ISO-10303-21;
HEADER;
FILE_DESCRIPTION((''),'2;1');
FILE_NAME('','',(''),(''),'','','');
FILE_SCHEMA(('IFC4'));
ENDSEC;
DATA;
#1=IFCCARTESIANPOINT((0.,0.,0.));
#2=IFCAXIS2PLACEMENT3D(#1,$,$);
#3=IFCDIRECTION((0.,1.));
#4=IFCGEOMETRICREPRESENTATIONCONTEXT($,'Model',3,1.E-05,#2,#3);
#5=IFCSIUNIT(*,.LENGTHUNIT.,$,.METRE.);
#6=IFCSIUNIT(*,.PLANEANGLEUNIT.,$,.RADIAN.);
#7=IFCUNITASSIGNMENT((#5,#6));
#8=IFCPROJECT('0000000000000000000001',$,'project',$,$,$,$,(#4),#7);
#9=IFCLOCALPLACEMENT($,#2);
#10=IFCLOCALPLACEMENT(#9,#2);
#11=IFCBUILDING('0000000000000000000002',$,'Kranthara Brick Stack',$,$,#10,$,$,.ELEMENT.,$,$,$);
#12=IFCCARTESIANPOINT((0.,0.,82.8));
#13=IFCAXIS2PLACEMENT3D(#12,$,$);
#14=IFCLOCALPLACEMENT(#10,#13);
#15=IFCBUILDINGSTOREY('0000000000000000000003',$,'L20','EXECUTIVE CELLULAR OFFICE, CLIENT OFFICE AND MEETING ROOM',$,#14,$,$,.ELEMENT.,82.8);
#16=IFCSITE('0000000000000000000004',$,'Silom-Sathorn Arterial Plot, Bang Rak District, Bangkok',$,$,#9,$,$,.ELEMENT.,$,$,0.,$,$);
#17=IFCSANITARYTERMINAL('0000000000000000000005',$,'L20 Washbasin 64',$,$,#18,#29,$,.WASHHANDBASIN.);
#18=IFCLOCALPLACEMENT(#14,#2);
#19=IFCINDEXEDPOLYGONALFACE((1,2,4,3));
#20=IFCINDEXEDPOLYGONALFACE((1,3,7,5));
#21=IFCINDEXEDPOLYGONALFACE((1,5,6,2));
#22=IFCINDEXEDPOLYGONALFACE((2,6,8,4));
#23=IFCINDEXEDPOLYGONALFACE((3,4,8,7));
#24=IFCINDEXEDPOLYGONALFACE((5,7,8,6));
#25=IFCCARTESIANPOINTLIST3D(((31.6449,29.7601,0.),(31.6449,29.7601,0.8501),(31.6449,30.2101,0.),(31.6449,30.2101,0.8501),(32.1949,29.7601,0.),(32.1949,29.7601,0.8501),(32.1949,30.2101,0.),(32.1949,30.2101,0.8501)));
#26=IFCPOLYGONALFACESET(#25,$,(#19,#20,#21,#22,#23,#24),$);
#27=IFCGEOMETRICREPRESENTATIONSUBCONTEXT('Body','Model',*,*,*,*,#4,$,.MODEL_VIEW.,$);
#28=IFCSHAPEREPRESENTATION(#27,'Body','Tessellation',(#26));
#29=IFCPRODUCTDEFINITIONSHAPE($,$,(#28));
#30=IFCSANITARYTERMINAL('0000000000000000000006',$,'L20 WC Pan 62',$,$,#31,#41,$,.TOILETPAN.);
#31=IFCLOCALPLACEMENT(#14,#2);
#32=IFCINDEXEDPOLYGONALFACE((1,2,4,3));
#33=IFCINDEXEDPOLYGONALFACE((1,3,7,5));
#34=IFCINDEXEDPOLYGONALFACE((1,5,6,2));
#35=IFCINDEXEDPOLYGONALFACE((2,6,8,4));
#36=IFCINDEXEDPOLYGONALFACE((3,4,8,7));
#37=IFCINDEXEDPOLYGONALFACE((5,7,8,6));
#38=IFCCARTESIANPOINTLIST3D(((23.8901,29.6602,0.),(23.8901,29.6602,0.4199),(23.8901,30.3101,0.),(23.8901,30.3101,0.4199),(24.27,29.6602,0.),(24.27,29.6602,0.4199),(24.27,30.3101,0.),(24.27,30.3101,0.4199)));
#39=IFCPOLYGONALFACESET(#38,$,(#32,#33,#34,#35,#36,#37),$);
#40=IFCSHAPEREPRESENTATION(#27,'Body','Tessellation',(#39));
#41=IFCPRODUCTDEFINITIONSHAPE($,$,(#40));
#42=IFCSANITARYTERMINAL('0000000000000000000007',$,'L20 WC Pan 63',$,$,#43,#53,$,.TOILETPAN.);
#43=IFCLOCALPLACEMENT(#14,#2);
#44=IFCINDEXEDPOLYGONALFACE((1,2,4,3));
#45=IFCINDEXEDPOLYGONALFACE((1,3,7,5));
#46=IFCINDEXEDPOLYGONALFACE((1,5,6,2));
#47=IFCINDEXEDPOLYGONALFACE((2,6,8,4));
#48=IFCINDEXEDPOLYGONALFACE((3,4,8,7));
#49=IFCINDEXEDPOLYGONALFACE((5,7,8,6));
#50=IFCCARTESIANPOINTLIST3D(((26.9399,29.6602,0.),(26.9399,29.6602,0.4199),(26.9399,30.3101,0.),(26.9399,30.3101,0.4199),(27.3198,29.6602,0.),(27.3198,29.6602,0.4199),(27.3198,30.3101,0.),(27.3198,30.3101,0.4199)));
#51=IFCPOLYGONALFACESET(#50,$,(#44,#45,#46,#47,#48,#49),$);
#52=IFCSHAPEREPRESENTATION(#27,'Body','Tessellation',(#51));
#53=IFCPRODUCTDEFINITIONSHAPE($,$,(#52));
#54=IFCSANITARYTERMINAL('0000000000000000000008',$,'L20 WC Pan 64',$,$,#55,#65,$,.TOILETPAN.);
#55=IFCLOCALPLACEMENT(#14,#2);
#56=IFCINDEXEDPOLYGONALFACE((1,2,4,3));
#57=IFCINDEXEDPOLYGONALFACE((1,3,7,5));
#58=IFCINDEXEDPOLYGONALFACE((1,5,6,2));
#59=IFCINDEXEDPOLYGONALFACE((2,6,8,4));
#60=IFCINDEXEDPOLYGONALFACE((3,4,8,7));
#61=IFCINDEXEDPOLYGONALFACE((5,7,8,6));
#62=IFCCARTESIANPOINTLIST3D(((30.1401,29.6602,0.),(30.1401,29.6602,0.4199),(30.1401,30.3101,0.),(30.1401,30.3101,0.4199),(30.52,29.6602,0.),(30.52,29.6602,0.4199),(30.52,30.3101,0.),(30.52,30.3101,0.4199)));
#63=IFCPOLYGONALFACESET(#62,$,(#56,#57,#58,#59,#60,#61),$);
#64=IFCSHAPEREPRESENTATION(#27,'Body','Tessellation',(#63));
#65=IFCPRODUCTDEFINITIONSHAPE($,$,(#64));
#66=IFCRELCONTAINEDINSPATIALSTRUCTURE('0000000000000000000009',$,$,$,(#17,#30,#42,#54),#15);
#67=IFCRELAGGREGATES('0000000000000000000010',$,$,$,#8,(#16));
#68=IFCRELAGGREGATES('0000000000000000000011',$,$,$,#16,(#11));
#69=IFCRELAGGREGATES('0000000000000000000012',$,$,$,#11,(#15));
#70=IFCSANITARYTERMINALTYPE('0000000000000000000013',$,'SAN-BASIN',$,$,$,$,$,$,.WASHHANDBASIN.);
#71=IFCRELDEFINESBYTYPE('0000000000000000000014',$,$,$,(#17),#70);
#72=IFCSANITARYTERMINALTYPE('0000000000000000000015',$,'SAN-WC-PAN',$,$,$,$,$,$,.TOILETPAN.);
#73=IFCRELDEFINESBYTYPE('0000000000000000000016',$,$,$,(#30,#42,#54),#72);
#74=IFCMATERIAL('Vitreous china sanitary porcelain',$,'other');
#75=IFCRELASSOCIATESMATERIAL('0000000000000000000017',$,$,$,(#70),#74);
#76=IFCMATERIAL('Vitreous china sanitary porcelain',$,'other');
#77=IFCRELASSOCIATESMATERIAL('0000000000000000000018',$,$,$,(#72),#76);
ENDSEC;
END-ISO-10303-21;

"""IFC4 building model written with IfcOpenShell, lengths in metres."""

from ifc_helpers import new_model, si_unit, direction, frame, origin, origin_2d, place, context, subcontext, project, spatial, rectangle, extrude, material, type_object, element, save


model = new_model("IFC4")

# Units and contexts
model_context = context("Model", 3, precision=1e-05, world=origin(), true_north=direction((0.0, 1.0)))
body_context = subcontext(model_context, "Body", "Model", "MODEL_VIEW")
ifc_project = project(units=[si_unit("LENGTHUNIT", "METRE"), si_unit("PLANEANGLEUNIT", "RADIAN")], contexts=[model_context])

# Site, building, storey
site_placement = place(None, origin())
site = spatial("IfcSite", under=ifc_project, at=site_placement, Name="Silom-Sathorn Arterial Plot, Bang Rak District, Bangkok", CompositionType="ELEMENT", RefElevation=0.0)
building_placement = place(site_placement, origin())
building = spatial("IfcBuilding", under=site, at=building_placement, Name="Kranthara Brick Stack", CompositionType="ELEMENT")
storey_placement = place(building_placement, frame((0.0, 0.0, 82.8)))
storey = spatial("IfcBuildingStorey", under=building, at=storey_placement, Name="L20", Description="EXECUTIVE CELLULAR OFFICE, CLIENT OFFICE AND MEETING ROOM", CompositionType="ELEMENT", Elevation=82.8)

# Sanitary terminals
ifc_material_1 = material(Name="Vitreous china sanitary porcelain", Category="other")
sanitary_terminal_type_1 = type_object("IfcSanitaryTerminalType", Name="SAN-BASIN", PredefinedType="WASHHANDBASIN", material=ifc_material_1)
for number, where, z_axis, x_axis, name in (
    (1, (31.9199, 29.9851, 0.0), (0.0, 0.0, 1.0), (1.0, 0.0, 0.0), "L20 Washbasin 64"),
):
    element("IfcSanitaryTerminal", number, at=place(storey_placement, frame(where, z_axis=z_axis, x_axis=x_axis)), inside=storey, type_object=sanitary_terminal_type_1, Name=name, PredefinedType="WASHHANDBASIN", context=body_context, shape_type="SweptSolid", body=[
        extrude(rectangle(XDim=0.55, YDim=0.45, at=origin_2d()), origin(), (0.0, 0.0, 1.0), 0.8501),
    ])
ifc_material_2 = material(Name="Vitreous china sanitary porcelain", Category="other")
sanitary_terminal_type_2 = type_object("IfcSanitaryTerminalType", Name="SAN-WC-PAN", PredefinedType="TOILETPAN", material=ifc_material_2)
for number, where, z_axis, x_axis, name in (
    (2, (24.0801, 29.9851, 0.0), (0.0, 0.0, 1.0), (1.0, 0.0, 0.0), "L20 WC Pan 62"),
    (3, (27.1299, 29.9851, 0.0), (0.0, 0.0, 1.0), (1.0, 0.0, 0.0), "L20 WC Pan 63"),
    (4, (30.3301, 29.9851, 0.0), (0.0, 0.0, 1.0), (1.0, 0.0, 0.0), "L20 WC Pan 64"),
):
    element("IfcSanitaryTerminal", number, at=place(storey_placement, frame(where, z_axis=z_axis, x_axis=x_axis)), inside=storey, type_object=sanitary_terminal_type_2, Name=name, PredefinedType="TOILETPAN", context=body_context, shape_type="SweptSolid", body=[
        extrude(rectangle(XDim=0.3799, YDim=0.6499, at=origin_2d()), origin(), (0.0, 0.0, 1.0), 0.4199),
    ])

save(model, "model.ifc")
